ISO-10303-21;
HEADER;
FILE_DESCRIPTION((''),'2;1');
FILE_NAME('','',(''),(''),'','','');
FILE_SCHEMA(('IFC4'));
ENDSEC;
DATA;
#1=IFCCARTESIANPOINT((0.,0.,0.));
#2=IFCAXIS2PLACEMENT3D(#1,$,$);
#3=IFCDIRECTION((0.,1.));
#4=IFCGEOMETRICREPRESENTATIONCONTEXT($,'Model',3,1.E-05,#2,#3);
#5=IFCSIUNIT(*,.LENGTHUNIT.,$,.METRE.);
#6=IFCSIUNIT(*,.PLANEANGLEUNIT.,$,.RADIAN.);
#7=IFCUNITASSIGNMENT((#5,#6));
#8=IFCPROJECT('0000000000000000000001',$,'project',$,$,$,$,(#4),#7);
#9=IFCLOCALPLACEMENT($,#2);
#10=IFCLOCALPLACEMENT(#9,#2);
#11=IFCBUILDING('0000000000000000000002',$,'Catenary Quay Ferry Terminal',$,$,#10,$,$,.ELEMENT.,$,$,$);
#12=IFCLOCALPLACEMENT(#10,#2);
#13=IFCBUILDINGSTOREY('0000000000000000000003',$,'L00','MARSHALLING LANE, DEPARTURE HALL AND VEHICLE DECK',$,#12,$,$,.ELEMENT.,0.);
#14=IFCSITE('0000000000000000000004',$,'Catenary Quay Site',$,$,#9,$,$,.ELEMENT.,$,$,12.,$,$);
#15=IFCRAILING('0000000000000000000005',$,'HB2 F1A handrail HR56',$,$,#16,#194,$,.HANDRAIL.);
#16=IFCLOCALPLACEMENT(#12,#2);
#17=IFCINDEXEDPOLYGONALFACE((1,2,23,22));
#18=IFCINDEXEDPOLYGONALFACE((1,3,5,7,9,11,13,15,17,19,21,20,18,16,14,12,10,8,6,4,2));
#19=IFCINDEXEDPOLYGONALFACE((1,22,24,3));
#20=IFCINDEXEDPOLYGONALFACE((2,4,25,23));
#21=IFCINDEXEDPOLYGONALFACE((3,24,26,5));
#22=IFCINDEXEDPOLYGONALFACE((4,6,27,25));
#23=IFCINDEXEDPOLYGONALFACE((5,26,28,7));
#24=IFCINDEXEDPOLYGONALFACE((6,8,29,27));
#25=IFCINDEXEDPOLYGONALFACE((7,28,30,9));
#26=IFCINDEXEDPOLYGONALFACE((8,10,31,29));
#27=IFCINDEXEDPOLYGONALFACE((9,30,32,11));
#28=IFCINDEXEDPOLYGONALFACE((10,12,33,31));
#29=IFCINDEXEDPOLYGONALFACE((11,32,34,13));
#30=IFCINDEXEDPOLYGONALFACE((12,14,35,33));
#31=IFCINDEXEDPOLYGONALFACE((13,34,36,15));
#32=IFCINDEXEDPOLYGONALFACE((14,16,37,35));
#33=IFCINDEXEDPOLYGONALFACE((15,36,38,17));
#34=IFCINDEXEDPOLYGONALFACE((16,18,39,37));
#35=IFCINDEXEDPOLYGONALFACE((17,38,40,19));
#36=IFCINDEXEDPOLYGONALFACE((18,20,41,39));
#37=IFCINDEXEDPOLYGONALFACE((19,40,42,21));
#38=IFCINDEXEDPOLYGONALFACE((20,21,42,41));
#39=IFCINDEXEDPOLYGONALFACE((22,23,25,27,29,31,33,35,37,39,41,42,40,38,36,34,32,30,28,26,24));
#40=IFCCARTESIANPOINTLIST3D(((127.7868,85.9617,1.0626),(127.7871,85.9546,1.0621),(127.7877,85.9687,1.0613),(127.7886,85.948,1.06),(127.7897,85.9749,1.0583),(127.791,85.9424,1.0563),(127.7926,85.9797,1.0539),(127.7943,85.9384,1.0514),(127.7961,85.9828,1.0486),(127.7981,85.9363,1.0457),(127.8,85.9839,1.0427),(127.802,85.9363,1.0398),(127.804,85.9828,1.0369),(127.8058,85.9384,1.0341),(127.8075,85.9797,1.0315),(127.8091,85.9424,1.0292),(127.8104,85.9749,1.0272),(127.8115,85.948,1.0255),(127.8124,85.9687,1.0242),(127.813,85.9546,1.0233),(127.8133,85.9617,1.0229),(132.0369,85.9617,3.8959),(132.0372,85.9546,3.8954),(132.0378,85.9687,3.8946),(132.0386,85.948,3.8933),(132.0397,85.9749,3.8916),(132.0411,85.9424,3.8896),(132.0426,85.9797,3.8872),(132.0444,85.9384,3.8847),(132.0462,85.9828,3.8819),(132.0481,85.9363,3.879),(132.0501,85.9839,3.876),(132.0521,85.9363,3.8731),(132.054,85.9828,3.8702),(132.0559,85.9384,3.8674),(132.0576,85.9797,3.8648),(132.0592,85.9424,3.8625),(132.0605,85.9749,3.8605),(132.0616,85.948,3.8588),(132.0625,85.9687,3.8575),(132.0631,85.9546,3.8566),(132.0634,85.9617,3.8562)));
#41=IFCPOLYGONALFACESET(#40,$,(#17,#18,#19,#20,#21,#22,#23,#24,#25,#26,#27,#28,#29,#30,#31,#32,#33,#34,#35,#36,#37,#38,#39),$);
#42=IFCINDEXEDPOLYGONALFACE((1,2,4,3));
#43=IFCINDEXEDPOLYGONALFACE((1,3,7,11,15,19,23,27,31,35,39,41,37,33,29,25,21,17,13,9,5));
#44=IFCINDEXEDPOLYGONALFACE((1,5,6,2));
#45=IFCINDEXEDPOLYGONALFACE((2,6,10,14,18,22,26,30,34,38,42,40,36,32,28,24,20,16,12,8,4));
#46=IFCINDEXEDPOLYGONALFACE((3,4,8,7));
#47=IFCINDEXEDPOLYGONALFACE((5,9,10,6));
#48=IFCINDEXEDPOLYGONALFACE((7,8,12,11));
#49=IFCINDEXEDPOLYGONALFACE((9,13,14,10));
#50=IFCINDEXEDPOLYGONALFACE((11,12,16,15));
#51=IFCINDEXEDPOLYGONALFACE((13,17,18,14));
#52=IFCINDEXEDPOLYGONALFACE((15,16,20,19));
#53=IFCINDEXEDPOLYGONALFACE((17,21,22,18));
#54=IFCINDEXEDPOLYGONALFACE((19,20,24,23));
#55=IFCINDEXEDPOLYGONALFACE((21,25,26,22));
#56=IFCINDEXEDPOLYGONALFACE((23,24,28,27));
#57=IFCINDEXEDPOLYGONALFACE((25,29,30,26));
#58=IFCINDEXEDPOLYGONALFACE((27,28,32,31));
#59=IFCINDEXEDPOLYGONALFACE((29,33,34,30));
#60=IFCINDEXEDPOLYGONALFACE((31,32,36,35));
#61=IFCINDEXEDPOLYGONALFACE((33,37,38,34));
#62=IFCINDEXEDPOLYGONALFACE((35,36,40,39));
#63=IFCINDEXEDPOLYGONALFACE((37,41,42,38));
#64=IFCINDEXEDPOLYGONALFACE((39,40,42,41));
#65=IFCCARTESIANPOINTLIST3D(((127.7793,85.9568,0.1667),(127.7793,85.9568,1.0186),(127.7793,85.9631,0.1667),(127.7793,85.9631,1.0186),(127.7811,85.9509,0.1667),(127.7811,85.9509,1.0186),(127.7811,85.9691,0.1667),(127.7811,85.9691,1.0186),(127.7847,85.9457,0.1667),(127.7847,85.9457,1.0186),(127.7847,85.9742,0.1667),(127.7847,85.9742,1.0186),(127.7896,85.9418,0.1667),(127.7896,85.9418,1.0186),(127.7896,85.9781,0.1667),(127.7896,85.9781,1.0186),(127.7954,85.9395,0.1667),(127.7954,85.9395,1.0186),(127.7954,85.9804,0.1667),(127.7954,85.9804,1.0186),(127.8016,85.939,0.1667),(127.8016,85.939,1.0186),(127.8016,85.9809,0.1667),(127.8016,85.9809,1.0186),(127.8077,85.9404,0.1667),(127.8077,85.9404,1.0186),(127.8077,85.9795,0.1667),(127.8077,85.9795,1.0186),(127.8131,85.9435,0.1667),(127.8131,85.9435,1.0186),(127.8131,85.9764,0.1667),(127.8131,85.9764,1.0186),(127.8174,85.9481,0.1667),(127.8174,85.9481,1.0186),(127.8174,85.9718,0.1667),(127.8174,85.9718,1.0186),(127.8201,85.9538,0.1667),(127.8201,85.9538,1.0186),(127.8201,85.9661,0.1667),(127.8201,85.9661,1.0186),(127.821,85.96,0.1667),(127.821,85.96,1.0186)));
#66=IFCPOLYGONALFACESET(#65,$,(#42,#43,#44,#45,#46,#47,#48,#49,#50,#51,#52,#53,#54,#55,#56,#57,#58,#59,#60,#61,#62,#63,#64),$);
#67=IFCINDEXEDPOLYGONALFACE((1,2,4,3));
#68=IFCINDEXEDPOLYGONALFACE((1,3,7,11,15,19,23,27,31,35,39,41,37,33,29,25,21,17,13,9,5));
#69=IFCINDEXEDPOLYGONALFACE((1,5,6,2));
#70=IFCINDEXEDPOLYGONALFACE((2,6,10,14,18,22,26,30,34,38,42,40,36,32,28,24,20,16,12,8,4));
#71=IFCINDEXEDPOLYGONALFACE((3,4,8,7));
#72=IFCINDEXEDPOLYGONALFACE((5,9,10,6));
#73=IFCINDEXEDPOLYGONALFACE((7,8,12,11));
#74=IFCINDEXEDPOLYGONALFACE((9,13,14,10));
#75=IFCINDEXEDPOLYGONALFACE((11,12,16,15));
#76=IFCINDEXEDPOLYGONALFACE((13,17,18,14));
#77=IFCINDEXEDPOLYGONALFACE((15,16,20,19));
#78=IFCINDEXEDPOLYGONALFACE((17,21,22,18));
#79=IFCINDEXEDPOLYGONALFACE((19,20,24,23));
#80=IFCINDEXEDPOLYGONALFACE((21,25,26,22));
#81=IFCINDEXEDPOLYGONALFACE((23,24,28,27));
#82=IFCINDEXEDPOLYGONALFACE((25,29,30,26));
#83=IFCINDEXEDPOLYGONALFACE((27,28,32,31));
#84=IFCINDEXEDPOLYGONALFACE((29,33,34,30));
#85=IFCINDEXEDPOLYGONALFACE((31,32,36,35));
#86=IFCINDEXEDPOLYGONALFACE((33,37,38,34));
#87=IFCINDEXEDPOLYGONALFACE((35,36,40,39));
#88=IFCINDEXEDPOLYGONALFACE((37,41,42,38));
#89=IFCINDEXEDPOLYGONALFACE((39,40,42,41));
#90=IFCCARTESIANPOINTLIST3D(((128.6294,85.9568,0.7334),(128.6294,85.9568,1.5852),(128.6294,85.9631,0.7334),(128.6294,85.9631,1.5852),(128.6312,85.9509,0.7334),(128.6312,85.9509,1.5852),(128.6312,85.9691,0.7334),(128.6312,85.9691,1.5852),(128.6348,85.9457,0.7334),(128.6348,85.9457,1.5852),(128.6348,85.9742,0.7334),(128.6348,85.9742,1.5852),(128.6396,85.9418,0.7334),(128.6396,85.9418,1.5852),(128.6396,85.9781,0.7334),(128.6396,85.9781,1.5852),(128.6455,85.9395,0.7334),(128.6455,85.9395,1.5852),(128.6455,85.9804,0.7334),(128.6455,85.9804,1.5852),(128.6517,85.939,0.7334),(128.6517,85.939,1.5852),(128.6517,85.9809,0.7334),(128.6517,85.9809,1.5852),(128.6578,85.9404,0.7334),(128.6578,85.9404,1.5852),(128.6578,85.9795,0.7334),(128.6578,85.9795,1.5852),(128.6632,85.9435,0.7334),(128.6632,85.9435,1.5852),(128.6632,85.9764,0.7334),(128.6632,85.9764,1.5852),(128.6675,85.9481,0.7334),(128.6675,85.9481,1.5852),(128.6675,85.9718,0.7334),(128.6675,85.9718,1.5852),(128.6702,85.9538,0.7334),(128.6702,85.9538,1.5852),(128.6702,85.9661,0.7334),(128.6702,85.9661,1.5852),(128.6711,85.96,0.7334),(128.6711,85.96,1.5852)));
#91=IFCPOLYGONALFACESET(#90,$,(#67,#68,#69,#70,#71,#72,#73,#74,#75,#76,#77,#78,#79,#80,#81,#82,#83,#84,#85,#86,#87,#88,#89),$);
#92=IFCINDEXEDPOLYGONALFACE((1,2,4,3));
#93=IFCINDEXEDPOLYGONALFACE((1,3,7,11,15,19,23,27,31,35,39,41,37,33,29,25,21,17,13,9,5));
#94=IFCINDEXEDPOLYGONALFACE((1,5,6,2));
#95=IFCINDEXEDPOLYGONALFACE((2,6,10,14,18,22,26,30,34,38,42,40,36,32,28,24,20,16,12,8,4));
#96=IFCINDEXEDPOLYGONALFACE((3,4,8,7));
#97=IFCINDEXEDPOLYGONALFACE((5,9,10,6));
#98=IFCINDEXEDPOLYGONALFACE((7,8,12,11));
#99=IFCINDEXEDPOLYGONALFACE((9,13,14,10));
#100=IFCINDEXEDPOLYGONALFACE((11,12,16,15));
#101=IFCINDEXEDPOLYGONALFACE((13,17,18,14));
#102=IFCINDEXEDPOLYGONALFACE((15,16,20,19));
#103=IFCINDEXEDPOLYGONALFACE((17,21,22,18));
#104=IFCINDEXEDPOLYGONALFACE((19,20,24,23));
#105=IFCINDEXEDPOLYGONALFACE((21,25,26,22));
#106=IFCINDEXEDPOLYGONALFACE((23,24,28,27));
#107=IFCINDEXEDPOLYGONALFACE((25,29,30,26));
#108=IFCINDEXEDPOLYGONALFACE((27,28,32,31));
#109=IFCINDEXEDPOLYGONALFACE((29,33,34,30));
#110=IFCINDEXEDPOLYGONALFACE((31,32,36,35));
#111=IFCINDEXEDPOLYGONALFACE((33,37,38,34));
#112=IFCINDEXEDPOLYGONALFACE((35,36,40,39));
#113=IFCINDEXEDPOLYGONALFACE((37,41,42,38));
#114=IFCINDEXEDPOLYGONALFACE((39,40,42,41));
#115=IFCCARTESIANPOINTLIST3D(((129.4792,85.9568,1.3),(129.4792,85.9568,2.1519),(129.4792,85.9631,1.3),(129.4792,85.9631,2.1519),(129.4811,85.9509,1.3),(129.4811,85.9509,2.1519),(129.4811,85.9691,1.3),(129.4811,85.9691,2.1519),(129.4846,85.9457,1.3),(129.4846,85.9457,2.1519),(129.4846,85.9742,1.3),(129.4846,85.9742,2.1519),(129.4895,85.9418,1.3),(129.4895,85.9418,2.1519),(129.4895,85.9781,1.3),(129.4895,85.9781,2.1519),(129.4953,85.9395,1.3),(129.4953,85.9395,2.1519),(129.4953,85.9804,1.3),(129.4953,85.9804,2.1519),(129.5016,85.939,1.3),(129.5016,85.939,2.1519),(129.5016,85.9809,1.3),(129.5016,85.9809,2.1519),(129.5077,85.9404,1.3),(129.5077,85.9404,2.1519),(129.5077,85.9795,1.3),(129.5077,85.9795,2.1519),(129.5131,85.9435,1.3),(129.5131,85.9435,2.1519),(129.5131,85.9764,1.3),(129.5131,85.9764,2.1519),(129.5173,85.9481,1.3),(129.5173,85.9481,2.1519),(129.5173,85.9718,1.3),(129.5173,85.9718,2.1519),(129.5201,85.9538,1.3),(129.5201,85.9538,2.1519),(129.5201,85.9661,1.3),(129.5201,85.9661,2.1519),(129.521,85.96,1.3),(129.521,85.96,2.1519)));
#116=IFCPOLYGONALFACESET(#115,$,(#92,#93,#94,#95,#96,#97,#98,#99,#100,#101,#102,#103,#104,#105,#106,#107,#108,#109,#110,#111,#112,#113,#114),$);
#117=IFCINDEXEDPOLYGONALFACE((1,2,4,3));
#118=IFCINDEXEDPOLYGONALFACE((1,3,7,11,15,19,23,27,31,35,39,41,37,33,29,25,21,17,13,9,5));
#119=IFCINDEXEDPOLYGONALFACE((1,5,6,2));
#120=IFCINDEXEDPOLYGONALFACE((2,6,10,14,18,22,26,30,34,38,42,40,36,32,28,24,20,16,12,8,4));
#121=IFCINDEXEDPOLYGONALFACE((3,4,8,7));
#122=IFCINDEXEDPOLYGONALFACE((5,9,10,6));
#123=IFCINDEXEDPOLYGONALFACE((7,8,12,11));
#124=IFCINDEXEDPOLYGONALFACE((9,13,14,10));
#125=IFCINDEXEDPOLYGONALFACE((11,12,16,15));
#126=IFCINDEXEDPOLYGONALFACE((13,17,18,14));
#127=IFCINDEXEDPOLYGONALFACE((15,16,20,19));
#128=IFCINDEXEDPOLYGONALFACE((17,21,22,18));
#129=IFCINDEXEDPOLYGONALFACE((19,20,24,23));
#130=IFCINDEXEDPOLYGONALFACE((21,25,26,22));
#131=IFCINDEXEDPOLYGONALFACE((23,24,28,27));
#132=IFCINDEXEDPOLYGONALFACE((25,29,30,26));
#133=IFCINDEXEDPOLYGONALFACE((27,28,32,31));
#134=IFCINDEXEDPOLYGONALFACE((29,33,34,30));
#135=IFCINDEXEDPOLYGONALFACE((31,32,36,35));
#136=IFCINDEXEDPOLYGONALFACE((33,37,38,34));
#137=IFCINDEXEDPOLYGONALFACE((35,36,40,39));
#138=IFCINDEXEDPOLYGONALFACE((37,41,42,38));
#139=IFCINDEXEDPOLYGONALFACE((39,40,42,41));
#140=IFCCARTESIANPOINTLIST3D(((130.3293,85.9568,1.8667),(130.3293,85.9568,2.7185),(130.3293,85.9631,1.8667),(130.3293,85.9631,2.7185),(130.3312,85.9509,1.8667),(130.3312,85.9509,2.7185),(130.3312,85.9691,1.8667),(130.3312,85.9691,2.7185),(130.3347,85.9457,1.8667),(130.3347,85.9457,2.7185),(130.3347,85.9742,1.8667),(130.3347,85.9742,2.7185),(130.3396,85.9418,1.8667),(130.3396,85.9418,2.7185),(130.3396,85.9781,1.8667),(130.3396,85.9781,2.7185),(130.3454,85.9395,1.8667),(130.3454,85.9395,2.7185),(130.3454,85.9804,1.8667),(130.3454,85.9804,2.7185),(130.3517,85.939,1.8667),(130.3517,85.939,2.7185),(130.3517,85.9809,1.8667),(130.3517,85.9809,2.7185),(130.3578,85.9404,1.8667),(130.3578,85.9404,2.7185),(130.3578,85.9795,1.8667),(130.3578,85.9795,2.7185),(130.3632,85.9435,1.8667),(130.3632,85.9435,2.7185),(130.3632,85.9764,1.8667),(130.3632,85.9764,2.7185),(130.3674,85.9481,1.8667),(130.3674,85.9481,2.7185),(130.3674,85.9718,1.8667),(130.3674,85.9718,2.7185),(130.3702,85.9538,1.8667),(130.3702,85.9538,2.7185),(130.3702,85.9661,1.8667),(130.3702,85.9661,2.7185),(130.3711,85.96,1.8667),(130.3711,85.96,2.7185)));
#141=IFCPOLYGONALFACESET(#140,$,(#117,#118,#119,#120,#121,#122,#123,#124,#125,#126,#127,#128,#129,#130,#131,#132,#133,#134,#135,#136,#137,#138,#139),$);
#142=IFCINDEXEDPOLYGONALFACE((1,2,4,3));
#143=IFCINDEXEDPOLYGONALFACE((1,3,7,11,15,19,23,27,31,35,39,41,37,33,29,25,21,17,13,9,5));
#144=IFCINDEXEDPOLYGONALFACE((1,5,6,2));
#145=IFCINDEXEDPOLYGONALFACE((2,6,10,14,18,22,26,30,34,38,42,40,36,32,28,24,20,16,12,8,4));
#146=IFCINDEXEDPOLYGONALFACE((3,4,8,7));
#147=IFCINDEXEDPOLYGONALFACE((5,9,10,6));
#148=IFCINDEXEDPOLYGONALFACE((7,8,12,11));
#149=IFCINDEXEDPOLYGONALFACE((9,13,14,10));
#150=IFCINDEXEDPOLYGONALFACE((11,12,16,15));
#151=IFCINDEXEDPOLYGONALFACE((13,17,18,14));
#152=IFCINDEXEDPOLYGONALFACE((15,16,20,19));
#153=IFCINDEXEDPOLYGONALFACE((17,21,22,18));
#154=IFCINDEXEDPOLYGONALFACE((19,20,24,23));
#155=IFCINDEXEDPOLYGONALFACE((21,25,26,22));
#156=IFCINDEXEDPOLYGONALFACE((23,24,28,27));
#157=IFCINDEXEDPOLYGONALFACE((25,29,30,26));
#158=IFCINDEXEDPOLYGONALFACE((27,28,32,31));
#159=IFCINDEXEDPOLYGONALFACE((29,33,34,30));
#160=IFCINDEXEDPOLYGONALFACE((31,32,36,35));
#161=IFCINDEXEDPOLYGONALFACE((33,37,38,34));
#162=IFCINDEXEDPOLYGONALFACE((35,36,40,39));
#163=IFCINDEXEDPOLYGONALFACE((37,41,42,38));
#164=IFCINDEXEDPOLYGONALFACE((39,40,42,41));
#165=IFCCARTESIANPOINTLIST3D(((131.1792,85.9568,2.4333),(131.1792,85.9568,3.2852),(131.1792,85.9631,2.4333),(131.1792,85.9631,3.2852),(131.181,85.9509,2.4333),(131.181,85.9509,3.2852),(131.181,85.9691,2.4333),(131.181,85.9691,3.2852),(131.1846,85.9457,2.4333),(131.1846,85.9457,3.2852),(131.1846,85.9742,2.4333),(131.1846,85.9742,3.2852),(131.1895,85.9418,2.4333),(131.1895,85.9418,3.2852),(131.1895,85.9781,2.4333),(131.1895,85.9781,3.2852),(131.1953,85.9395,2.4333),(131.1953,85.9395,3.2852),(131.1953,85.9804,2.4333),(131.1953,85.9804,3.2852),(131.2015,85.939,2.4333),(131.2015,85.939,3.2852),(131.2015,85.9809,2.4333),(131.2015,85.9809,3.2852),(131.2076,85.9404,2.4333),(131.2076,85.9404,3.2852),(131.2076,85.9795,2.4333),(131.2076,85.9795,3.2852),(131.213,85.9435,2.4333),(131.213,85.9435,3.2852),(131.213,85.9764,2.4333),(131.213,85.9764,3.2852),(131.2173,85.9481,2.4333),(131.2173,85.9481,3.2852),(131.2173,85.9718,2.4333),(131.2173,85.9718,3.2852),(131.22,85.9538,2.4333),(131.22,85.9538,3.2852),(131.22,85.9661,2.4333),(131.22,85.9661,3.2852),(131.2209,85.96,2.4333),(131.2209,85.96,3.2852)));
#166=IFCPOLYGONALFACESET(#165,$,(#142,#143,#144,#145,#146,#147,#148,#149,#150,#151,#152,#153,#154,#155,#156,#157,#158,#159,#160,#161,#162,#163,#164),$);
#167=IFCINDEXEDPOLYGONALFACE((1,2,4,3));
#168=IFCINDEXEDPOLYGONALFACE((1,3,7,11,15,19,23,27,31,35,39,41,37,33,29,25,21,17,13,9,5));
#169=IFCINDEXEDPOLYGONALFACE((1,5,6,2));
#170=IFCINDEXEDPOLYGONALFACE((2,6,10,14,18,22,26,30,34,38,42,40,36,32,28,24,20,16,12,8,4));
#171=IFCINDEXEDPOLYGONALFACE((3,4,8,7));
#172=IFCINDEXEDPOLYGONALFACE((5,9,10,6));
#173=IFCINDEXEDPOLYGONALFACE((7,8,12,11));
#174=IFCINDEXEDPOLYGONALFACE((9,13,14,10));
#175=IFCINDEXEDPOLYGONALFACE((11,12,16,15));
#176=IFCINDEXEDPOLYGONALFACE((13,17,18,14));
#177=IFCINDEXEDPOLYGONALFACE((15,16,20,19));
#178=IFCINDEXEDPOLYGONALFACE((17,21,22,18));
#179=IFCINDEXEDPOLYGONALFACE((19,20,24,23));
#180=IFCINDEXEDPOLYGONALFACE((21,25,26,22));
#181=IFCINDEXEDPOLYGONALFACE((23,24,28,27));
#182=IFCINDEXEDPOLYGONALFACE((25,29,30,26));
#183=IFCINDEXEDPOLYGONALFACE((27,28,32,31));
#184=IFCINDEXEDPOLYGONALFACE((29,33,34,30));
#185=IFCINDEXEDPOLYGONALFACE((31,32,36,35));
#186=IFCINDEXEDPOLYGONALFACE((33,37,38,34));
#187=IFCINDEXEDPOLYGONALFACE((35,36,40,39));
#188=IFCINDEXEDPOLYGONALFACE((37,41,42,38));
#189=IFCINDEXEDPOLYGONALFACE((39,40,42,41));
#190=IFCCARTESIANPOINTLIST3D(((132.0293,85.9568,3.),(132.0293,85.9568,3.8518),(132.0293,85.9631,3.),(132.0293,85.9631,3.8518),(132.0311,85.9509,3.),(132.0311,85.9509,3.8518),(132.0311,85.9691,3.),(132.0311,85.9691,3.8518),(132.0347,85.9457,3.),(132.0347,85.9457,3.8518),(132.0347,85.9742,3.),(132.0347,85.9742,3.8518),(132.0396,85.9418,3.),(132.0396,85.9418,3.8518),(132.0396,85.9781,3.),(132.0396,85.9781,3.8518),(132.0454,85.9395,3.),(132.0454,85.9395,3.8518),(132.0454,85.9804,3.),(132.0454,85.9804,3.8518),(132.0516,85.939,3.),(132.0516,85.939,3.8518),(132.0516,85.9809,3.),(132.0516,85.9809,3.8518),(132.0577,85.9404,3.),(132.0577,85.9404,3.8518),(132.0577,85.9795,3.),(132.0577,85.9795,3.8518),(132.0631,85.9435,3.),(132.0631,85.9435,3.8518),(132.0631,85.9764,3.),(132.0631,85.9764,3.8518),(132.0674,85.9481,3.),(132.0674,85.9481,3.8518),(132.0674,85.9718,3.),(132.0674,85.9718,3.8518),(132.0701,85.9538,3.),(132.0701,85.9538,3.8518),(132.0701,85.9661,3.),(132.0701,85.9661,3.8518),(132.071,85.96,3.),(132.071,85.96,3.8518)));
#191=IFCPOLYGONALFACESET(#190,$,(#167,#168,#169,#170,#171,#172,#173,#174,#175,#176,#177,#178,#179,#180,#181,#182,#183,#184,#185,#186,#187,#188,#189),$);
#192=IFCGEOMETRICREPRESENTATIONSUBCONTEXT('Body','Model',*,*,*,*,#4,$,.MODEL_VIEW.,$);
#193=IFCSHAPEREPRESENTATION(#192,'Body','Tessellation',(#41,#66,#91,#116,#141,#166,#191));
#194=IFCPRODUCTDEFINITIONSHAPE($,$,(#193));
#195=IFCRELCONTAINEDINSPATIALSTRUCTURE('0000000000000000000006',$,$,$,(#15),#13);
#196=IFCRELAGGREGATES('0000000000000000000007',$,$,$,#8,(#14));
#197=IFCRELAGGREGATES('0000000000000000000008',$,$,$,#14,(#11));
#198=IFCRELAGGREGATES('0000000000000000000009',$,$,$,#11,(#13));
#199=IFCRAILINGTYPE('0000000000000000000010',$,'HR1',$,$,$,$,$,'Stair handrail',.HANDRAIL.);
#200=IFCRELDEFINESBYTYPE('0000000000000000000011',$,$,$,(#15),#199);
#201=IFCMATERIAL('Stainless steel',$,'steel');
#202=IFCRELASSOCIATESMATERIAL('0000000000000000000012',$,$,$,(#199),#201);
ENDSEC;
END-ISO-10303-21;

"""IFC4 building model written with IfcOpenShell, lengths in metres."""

from ifc_helpers import new_model, si_unit, direction, frame, origin, origin_2d, place, context, subcontext, project, spatial, circle, extrude, material, type_object, element, save


model = new_model("IFC4")

# Units and contexts
model_context = context("Model", 3, precision=1e-05, world=origin(), true_north=direction((0.0, 1.0)))
body_context = subcontext(model_context, "Body", "Model", "MODEL_VIEW")
ifc_project = project(units=[si_unit("LENGTHUNIT", "METRE"), si_unit("PLANEANGLEUNIT", "RADIAN")], contexts=[model_context])

# Site, building, storey
site_placement = place(None, origin())
site = spatial("IfcSite", under=ifc_project, at=site_placement, Name="Catenary Quay Site", CompositionType="ELEMENT", RefElevation=12.0)
building_placement = place(site_placement, origin())
building = spatial("IfcBuilding", under=site, at=building_placement, Name="Catenary Quay Ferry Terminal", CompositionType="ELEMENT")
storey_placement = place(building_placement, origin())
storey = spatial("IfcBuildingStorey", under=building, at=storey_placement, Name="L00", Description="MARSHALLING LANE, DEPARTURE HALL AND VEHICLE DECK", CompositionType="ELEMENT", Elevation=0.0)

# Railing
ifc_material_1 = material(Name="Stainless steel", Category="steel")
railing_type_1 = type_object("IfcRailingType", Name="HR1", ElementType="Stair handrail", PredefinedType="HANDRAIL", material=ifc_material_1)
for number, where, name in (
    (1, (127.8, 85.96, 0.1667), "HB2 F1A handrail HR56"),
):
    element("IfcRailing", number, at=place(storey_placement, frame(where)), inside=storey, type_object=railing_type_1, Name=name, PredefinedType="HANDRAIL", context=body_context, shape_type="SweptSolid", body=[
        extrude(circle(Radius=0.0239, at=origin_2d()), frame((0.0, 0.0, 0.876), z_axis=(0.832058, 0.0, 0.554689), x_axis=(0.0, 1.0, 0.0)), (0.0, 0.0, 1.0), 5.1079),
        extrude(circle(Radius=0.021, at=origin_2d()), origin(), (0.0, 0.0, 1.0), 0.8518),
        extrude(circle(Radius=0.021, at=origin_2d()), frame((0.8501, 0.0, 0.5667)), (0.0, 0.0, 1.0), 0.8518),
        extrude(circle(Radius=0.021, at=origin_2d()), frame((1.7, 0.0, 1.1333)), (0.0, 0.0, 1.0), 0.8518),
        extrude(circle(Radius=0.021, at=origin_2d()), frame((2.55, 0.0, 1.7)), (0.0, 0.0, 1.0), 0.8518),
        extrude(circle(Radius=0.021, at=origin_2d()), frame((3.3999, 0.0, 2.2666)), (0.0, 0.0, 1.0), 0.8518),
        extrude(circle(Radius=0.021, at=origin_2d()), frame((4.25, 0.0, 2.8333)), (0.0, 0.0, 1.0), 0.8518),
    ])

save(model, "model.ifc")
